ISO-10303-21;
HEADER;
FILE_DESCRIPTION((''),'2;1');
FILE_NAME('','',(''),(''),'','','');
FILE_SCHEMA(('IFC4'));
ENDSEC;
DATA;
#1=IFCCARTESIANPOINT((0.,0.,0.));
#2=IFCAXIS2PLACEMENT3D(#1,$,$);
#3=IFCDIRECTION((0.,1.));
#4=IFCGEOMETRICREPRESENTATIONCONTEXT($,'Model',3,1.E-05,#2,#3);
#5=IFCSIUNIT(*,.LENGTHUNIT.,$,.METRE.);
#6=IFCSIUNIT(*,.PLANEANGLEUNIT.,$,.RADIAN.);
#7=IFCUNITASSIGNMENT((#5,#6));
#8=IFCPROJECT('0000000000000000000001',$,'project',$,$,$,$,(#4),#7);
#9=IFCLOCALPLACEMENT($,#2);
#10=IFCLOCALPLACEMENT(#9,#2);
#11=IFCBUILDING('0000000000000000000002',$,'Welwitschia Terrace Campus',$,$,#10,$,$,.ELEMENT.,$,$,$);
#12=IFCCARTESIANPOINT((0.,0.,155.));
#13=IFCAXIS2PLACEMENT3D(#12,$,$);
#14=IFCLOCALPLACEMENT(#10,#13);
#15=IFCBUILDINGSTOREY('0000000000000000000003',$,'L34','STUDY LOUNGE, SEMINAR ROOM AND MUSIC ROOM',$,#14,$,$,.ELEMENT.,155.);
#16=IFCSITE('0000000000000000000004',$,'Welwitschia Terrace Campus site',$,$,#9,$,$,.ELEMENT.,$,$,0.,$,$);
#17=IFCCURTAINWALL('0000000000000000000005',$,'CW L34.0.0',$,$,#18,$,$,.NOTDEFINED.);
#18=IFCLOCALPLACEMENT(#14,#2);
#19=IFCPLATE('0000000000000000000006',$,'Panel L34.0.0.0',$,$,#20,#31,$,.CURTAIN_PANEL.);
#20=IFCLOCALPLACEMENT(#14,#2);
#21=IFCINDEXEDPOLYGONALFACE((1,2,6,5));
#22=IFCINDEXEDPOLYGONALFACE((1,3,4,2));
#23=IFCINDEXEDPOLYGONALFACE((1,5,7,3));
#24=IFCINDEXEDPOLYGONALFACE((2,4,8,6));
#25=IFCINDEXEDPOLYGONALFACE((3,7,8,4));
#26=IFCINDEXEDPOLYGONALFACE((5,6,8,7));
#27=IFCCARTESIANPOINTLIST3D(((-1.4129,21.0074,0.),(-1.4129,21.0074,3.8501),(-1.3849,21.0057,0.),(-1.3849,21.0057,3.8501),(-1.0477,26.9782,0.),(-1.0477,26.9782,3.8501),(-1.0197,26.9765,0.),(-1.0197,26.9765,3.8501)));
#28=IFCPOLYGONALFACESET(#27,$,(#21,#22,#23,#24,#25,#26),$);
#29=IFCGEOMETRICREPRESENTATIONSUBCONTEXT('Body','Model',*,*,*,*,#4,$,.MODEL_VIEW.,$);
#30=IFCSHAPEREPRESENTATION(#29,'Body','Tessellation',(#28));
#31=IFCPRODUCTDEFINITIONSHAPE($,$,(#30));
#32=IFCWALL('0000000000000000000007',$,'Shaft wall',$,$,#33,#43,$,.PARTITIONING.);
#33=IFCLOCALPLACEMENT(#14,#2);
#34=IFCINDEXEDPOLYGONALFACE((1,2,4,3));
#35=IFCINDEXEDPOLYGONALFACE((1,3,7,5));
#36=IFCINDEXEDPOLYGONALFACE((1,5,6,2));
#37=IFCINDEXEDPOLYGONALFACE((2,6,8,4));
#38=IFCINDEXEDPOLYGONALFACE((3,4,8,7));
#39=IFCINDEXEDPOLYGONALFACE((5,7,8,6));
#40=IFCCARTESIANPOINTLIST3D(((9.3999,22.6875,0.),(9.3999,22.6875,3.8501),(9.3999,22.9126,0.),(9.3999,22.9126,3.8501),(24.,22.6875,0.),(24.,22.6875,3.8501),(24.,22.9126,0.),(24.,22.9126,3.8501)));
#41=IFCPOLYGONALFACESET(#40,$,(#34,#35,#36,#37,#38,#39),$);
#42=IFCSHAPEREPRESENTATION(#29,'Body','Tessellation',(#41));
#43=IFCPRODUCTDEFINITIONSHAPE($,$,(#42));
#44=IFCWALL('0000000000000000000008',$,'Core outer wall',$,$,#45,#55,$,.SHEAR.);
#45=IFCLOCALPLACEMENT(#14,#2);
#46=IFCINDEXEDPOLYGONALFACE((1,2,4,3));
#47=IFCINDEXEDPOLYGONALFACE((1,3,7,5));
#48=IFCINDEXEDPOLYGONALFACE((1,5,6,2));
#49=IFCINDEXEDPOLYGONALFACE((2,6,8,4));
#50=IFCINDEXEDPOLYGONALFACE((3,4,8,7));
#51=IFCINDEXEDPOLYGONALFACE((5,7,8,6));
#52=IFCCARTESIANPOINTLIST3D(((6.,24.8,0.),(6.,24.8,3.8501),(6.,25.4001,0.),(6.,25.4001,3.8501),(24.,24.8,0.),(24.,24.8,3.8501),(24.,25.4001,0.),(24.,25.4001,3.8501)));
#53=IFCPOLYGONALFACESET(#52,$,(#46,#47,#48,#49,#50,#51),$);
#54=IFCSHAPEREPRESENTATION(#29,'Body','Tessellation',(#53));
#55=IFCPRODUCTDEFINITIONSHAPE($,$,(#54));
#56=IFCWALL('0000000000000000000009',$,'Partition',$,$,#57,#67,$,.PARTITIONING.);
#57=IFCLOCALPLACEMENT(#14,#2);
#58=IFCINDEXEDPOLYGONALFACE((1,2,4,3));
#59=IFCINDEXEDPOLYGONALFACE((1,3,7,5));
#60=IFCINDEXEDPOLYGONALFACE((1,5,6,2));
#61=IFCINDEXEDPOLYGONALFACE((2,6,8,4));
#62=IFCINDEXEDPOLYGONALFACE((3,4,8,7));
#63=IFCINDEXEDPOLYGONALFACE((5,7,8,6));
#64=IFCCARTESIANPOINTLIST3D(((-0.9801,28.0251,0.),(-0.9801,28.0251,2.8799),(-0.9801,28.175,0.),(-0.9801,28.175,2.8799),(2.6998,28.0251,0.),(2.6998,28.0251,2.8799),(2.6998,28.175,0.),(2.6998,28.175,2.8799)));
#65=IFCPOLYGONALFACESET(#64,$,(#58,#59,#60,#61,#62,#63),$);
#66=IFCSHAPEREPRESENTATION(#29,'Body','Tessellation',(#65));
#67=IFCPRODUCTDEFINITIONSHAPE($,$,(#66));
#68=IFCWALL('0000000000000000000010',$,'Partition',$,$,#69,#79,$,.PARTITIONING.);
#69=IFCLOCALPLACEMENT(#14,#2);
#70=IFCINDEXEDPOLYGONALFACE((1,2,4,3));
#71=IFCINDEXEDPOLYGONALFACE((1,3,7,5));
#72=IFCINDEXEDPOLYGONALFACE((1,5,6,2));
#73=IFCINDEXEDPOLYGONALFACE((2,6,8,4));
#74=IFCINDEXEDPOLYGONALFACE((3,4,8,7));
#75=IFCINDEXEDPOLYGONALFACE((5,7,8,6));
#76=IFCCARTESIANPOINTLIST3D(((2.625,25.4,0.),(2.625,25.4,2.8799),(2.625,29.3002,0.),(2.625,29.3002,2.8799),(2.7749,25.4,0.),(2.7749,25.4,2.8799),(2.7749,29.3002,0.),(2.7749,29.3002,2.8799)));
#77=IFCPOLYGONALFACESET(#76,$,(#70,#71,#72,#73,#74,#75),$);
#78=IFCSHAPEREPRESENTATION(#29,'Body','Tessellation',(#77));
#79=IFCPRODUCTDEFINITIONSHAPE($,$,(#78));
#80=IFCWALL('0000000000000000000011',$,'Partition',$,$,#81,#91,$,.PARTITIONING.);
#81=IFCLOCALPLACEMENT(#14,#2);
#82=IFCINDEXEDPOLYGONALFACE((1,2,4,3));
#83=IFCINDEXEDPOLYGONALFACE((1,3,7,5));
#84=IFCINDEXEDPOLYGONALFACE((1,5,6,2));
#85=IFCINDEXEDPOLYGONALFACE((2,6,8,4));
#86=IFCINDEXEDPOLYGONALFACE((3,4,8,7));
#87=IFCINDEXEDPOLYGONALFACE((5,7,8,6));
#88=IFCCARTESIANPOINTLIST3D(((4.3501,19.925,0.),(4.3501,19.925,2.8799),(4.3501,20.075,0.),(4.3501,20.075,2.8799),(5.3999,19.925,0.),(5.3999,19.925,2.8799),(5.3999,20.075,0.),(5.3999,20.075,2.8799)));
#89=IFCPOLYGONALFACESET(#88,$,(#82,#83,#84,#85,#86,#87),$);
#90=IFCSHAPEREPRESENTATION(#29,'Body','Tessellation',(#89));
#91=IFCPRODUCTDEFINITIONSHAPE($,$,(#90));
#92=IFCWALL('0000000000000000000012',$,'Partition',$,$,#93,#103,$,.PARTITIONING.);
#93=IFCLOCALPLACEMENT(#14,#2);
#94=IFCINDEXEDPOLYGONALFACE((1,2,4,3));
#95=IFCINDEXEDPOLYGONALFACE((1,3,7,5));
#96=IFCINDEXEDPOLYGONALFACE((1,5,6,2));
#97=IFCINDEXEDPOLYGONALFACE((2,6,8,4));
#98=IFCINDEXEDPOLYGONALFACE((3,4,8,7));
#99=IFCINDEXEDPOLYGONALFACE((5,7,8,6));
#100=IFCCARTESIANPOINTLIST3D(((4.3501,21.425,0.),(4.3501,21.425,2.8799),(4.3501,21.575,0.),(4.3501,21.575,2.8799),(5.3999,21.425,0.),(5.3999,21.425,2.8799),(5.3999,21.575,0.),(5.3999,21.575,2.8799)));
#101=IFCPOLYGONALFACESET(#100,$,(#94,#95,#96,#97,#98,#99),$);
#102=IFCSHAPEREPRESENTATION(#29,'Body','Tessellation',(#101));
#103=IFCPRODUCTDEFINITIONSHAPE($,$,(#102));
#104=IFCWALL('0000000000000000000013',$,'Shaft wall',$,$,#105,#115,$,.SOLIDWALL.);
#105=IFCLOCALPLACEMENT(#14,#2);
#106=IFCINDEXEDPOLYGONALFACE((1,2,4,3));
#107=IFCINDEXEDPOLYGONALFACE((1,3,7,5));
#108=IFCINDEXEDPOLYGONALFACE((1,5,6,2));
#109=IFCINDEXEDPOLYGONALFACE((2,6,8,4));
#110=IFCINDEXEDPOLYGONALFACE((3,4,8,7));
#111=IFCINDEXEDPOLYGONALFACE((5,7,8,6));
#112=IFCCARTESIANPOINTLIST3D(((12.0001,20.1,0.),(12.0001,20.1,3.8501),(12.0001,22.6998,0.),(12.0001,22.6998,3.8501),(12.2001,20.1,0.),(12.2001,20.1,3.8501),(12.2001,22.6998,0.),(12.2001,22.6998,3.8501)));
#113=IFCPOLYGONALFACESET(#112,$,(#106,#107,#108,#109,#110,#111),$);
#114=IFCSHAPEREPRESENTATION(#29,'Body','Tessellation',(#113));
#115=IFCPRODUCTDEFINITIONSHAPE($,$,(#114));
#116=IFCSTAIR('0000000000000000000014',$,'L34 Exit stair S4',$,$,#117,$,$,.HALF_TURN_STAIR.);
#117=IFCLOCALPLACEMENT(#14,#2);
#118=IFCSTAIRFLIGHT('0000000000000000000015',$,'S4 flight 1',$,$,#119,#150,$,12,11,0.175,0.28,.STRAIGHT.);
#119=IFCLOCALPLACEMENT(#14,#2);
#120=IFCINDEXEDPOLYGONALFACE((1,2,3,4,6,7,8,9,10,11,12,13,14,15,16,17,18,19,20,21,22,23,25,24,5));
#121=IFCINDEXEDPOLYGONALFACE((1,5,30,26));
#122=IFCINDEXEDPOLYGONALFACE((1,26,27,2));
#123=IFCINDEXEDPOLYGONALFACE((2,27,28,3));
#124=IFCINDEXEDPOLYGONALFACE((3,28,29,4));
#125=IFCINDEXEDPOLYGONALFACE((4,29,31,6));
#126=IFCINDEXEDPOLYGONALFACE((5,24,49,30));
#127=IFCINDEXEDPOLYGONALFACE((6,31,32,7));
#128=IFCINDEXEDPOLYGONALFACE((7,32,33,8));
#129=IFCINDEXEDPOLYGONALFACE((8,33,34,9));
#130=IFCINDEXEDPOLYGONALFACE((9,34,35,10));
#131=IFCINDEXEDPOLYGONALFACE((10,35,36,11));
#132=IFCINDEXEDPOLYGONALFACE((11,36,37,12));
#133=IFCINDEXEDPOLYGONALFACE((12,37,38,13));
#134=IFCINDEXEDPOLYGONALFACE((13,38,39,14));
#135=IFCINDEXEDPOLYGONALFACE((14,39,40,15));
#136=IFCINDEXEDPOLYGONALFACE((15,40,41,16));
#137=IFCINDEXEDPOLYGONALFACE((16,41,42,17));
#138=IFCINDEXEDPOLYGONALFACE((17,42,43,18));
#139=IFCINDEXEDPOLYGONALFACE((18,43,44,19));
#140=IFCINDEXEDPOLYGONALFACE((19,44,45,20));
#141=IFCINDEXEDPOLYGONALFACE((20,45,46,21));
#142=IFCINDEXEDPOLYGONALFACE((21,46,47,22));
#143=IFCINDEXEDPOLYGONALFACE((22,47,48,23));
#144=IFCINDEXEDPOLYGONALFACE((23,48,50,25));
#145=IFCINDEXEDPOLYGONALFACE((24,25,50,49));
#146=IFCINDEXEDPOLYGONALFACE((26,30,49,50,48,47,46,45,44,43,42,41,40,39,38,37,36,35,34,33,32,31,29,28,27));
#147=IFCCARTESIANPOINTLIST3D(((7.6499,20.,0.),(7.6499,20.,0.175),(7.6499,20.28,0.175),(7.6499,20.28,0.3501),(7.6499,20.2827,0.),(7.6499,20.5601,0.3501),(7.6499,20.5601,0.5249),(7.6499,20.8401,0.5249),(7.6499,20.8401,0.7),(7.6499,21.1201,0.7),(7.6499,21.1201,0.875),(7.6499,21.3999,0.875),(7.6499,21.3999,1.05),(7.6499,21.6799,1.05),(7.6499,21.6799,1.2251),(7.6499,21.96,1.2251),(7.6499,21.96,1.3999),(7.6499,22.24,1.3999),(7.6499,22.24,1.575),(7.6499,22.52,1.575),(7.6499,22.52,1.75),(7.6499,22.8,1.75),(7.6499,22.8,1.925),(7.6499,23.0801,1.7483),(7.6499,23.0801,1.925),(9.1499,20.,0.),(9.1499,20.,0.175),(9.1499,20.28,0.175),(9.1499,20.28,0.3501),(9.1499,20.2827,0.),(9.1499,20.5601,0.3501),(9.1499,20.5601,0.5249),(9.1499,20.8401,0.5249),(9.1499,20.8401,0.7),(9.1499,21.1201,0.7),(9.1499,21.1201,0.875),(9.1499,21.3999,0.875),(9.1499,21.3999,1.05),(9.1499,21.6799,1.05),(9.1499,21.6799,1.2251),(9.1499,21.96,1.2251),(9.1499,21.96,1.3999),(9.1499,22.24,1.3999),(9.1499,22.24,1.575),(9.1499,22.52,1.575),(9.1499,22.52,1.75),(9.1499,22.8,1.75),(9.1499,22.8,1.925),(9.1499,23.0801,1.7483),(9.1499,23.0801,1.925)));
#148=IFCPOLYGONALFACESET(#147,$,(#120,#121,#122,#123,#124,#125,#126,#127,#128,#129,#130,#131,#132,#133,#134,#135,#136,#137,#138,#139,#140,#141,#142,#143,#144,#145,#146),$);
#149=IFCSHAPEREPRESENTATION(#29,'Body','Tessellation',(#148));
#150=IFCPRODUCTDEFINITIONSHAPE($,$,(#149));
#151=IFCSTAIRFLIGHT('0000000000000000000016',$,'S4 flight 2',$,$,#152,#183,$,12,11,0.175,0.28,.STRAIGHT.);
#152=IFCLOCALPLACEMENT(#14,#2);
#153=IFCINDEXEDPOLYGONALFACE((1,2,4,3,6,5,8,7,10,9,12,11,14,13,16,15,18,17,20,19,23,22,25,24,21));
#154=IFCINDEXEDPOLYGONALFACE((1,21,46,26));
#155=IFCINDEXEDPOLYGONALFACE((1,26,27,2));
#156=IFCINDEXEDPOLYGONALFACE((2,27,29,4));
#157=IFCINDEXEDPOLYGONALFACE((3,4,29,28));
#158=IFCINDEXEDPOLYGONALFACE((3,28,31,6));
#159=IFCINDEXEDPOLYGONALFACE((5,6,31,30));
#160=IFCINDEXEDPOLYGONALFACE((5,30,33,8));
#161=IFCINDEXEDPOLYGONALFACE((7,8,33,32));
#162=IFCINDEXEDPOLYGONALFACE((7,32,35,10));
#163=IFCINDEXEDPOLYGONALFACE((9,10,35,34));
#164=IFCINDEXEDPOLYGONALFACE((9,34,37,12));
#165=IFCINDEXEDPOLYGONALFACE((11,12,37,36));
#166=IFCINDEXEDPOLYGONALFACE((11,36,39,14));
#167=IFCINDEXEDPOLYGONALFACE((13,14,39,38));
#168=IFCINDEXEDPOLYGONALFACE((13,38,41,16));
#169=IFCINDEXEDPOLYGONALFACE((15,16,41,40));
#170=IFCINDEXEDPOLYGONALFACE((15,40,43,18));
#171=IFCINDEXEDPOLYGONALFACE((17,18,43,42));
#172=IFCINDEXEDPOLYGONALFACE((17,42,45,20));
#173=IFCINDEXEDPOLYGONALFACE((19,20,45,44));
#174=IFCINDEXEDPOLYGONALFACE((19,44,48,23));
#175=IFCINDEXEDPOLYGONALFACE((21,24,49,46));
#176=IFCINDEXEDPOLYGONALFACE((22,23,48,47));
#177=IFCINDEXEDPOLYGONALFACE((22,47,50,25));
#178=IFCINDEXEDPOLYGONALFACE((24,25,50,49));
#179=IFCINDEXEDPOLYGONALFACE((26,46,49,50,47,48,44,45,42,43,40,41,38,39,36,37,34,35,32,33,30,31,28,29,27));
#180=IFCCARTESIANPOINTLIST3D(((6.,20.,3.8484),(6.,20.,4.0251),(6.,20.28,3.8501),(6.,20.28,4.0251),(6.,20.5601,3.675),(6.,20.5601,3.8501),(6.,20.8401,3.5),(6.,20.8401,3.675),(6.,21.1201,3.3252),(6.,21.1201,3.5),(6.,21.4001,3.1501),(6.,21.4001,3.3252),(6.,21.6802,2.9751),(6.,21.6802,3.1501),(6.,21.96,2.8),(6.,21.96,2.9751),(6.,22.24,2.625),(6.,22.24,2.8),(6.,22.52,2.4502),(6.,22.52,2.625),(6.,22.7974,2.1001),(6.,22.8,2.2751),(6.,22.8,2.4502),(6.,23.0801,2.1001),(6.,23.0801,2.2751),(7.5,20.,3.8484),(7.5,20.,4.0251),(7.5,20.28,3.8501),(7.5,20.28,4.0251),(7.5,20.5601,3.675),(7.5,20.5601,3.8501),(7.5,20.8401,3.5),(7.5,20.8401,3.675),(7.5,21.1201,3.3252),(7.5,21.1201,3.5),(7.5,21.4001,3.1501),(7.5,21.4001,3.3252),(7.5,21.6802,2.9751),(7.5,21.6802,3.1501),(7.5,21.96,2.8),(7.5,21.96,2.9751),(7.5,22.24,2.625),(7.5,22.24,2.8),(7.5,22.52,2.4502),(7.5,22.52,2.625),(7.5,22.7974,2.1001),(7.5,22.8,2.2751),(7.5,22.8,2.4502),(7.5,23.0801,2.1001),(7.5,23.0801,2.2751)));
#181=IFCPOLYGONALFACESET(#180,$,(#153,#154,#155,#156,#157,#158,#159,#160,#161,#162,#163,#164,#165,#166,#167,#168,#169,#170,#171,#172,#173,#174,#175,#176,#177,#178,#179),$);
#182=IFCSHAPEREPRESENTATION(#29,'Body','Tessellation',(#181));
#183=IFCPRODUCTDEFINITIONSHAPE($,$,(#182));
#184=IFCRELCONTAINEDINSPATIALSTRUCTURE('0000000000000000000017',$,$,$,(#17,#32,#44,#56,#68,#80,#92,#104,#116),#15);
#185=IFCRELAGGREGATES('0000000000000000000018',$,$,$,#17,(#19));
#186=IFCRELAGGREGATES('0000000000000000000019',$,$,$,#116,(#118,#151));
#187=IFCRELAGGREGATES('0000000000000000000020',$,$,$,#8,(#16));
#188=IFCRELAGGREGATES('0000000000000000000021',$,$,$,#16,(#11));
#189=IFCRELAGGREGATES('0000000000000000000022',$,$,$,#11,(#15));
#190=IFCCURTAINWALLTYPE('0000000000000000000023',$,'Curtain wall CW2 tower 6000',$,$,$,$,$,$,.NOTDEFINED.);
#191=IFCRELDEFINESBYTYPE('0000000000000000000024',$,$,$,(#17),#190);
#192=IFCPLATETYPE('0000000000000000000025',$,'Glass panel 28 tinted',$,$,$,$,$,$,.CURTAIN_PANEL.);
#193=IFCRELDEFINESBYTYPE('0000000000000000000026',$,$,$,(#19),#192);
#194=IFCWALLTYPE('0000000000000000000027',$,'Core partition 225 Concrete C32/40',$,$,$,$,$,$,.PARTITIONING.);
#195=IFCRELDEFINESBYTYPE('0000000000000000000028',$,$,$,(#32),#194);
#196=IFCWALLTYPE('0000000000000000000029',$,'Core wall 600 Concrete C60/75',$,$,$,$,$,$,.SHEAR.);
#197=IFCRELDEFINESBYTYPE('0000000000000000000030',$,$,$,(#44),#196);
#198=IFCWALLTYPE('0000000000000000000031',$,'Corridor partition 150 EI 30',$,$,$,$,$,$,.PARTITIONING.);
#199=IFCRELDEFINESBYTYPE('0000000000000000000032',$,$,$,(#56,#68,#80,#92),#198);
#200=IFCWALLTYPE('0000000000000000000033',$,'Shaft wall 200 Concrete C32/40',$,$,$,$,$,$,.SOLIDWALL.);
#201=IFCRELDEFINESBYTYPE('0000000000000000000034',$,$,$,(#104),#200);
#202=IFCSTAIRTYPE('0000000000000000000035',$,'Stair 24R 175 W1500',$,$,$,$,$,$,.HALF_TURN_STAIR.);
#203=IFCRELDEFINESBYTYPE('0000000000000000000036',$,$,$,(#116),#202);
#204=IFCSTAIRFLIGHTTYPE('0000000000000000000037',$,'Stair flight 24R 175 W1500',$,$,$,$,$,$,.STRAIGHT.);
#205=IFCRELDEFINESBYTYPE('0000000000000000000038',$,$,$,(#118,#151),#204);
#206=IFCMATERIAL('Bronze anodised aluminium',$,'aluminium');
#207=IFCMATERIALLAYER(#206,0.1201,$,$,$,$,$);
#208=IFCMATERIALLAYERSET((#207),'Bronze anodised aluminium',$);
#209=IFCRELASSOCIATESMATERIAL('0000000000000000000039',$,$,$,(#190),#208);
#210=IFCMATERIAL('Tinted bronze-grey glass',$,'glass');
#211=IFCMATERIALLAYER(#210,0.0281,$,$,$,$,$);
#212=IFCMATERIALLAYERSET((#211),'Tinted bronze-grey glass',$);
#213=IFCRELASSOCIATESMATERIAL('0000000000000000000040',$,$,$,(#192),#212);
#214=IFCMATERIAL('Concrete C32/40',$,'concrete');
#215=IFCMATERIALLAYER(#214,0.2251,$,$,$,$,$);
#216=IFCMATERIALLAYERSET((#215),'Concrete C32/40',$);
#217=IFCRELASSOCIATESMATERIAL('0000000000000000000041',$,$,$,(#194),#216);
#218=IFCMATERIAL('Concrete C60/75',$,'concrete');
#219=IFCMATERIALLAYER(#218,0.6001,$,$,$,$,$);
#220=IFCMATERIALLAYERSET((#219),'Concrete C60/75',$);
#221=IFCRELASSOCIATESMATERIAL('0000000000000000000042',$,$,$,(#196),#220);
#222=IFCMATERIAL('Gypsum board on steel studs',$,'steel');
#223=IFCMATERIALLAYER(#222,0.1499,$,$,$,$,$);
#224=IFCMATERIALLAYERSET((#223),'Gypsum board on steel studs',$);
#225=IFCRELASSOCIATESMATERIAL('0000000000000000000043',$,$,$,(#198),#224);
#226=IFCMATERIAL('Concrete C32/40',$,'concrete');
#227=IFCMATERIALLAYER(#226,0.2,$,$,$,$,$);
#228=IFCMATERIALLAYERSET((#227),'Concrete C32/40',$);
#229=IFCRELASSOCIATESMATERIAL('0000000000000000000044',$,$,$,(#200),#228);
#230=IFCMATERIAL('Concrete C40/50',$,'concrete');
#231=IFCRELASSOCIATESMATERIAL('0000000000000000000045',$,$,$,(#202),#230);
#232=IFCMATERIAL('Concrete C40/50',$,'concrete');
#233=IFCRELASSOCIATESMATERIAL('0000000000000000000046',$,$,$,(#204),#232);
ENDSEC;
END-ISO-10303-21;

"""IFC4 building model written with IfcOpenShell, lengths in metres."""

from ifc_helpers import new_model, si_unit, direction, frame, frame_2d, origin, origin_2d, place, context, subcontext, project, spatial, polyline, rectangle, outline, extrude, material, layer, layer_set, type_object, element, aggregate, save


model = new_model("IFC4")

# Units and contexts
model_context = context("Model", 3, precision=1e-05, world=origin(), true_north=direction((0.0, 1.0)))
body_context = subcontext(model_context, "Body", "Model", "MODEL_VIEW")
ifc_project = project(units=[si_unit("LENGTHUNIT", "METRE"), si_unit("PLANEANGLEUNIT", "RADIAN")], contexts=[model_context])

# Site, building, storey
site_placement = place(None, origin())
site = spatial("IfcSite", under=ifc_project, at=site_placement, Name="Welwitschia Terrace Campus site", CompositionType="ELEMENT", RefElevation=0.0)
building_placement = place(site_placement, origin())
building = spatial("IfcBuilding", under=site, at=building_placement, Name="Welwitschia Terrace Campus", CompositionType="ELEMENT")
storey_placement = place(building_placement, frame((0.0, 0.0, 155.0)))
storey = spatial("IfcBuildingStorey", under=building, at=storey_placement, Name="L34", Description="STUDY LOUNGE, SEMINAR ROOM AND MUSIC ROOM", CompositionType="ELEMENT", Elevation=155.0)

# Curtain wall
ifc_material_1 = material(Name="Bronze anodised aluminium", Category="aluminium")
ifc_layer_1 = layer(ifc_material_1, 0.1201)
ifc_layer_set_1 = layer_set([ifc_layer_1], Name="Bronze anodised aluminium")
curtain_wall_type = type_object("IfcCurtainWallType", Name="Curtain wall CW2 tower 6000", PredefinedType="NOTDEFINED", material=ifc_layer_set_1)
curtain_wall_1_placement = place(storey_placement, origin())
curtain_wall_1 = element("IfcCurtainWall", 1, at=curtain_wall_1_placement, inside=storey, type_object=curtain_wall_type, Name="CW L34.0.0", PredefinedType="NOTDEFINED")

# Plate
ifc_material_2 = material(Name="Tinted bronze-grey glass", Category="glass")
ifc_layer_2 = layer(ifc_material_2, 0.0281)
ifc_layer_set_2 = layer_set([ifc_layer_2], Name="Tinted bronze-grey glass")
plate_type = type_object("IfcPlateType", Name="Glass panel 28 tinted", PredefinedType="CURTAIN_PANEL", material=ifc_layer_set_2)
plate_placement = place(storey_placement, frame((-1.2163, 23.9919, 0.0), z_axis=(0.0, 0.0, 1.0), x_axis=(-0.061049, -0.998135, 0.0)))
plate = element("IfcPlate", 2, at=plate_placement, type_object=plate_type, Name="Panel L34.0.0.0", PredefinedType="CURTAIN_PANEL", context=body_context, shape_type="SweptSolid", body=[
    extrude(rectangle(XDim=5.9819, YDim=0.0281, at=origin_2d()), origin(), (0.0, 0.0, 1.0), 3.8501),
])
aggregate(curtain_wall_1, [plate])

# Walls
ifc_material_3 = material(Name="Concrete C32/40", Category="concrete")
ifc_layer_3 = layer(ifc_material_3, 0.2251)
ifc_layer_set_3 = layer_set([ifc_layer_3], Name="Concrete C32/40")
wall_type_1 = type_object("IfcWallType", Name="Core partition 225 Concrete C32/40", PredefinedType="PARTITIONING", material=ifc_layer_set_3)
wall_1_placement = place(storey_placement, frame((9.3999, 22.8, 0.0), z_axis=(0.0, 0.0, 1.0), x_axis=(1.0, 0.0, 0.0)))
element("IfcWall", 3, at=wall_1_placement, inside=storey, type_object=wall_type_1, Name="Shaft wall", PredefinedType="PARTITIONING", context=body_context, shape_type="SweptSolid", body=[
    extrude(rectangle(XDim=14.6001, YDim=0.2251, at=frame_2d((7.3, 0.0))), origin(), (0.0, 0.0, 1.0), 3.8501),
])
ifc_material_4 = material(Name="Concrete C60/75", Category="concrete")
ifc_layer_4 = layer(ifc_material_4, 0.6001)
ifc_layer_set_4 = layer_set([ifc_layer_4], Name="Concrete C60/75")
wall_type_2 = type_object("IfcWallType", Name="Core wall 600 Concrete C60/75", PredefinedType="SHEAR", material=ifc_layer_set_4)
wall_2_placement = place(storey_placement, frame((6.0, 25.1001, 0.0), z_axis=(0.0, 0.0, 1.0), x_axis=(1.0, 0.0, 0.0)))
element("IfcWall", 4, at=wall_2_placement, inside=storey, type_object=wall_type_2, Name="Core outer wall", PredefinedType="SHEAR", context=body_context, shape_type="SweptSolid", body=[
    extrude(rectangle(XDim=18.0, YDim=0.6001, at=frame_2d((9.0, 0.0))), origin(), (0.0, 0.0, 1.0), 3.8501),
])
ifc_material_5 = material(Name="Gypsum board on steel studs", Category="steel")
ifc_layer_5 = layer(ifc_material_5, 0.1499)
ifc_layer_set_5 = layer_set([ifc_layer_5], Name="Gypsum board on steel studs")
wall_type_3 = type_object("IfcWallType", Name="Corridor partition 150 EI 30", PredefinedType="PARTITIONING", material=ifc_layer_set_5)
wall_3_placement = place(storey_placement, frame((-0.98, 28.1001, 0.0), z_axis=(0.0, 0.0, 1.0), x_axis=(1.0, 0.0, 0.0)))
element("IfcWall", 5, at=wall_3_placement, inside=storey, type_object=wall_type_3, Name="Partition", PredefinedType="PARTITIONING", context=body_context, shape_type="SweptSolid", body=[
    extrude(rectangle(XDim=3.6799, YDim=0.1499, at=frame_2d((1.8398, 0.0))), origin(), (0.0, 0.0, 1.0), 2.8799),
])
wall_4_placement = place(storey_placement, frame((2.7, 25.3999, 0.0), z_axis=(0.0, 0.0, 1.0), x_axis=(0.0, 1.0, 0.0)))
element("IfcWall", 6, at=wall_4_placement, inside=storey, type_object=wall_type_3, Name="Partition", PredefinedType="PARTITIONING", context=body_context, shape_type="SweptSolid", body=[
    extrude(rectangle(XDim=3.9001, YDim=0.1499, at=frame_2d((1.9502, 0.0))), origin(), (0.0, 0.0, 1.0), 2.8799),
])
for number, where, z_axis, x_axis, name in (
    (7, (4.3501, 20.0, 0.0), (0.0, 0.0, 1.0), (1.0, 0.0, 0.0), "Partition"),
    (8, (4.3501, 21.5, 0.0), (0.0, 0.0, 1.0), (1.0, 0.0, 0.0), "Partition"),
):
    element("IfcWall", number, at=place(storey_placement, frame(where, z_axis=z_axis, x_axis=x_axis)), inside=storey, type_object=wall_type_3, Name=name, PredefinedType="PARTITIONING", context=body_context, shape_type="SweptSolid", body=[
        extrude(rectangle(XDim=1.0498, YDim=0.1499, at=frame_2d((0.5249, 0.0))), origin(), (0.0, 0.0, 1.0), 2.8799),
    ])
ifc_material_6 = material(Name="Concrete C32/40", Category="concrete")
ifc_layer_6 = layer(ifc_material_6, 0.2)
ifc_layer_set_6 = layer_set([ifc_layer_6], Name="Concrete C32/40")
wall_type_4 = type_object("IfcWallType", Name="Shaft wall 200 Concrete C32/40", PredefinedType="SOLIDWALL", material=ifc_layer_set_6)
wall_5_placement = place(storey_placement, frame((12.1001, 20.1001, 0.0), z_axis=(0.0, 0.0, 1.0), x_axis=(0.0, 1.0, 0.0)))
element("IfcWall", 9, at=wall_5_placement, inside=storey, type_object=wall_type_4, Name="Shaft wall", PredefinedType="SOLIDWALL", context=body_context, shape_type="SweptSolid", body=[
    extrude(rectangle(XDim=2.5999, YDim=0.2, at=frame_2d((1.2998, 0.0))), origin(), (0.0, 0.0, 1.0), 3.8501),
])

# Stair, stair flights
ifc_material_7 = material(Name="Concrete C40/50", Category="concrete")
stair_type = type_object("IfcStairType", Name="Stair 24R 175 W1500", PredefinedType="HALF_TURN_STAIR", material=ifc_material_7)
stair_placement = place(storey_placement, origin())
stair = element("IfcStair", 10, at=stair_placement, inside=storey, type_object=stair_type, Name="L34 Exit stair S4", PredefinedType="HALF_TURN_STAIR")
ifc_material_8 = material(Name="Concrete C40/50", Category="concrete")
stair_flight_type = type_object("IfcStairFlightType", Name="Stair flight 24R 175 W1500", PredefinedType="STRAIGHT", material=ifc_material_8)
stair_flight_1_placement = place(storey_placement, frame((8.3999, 20.0, 0.0), z_axis=(0.0, 0.0, 1.0), x_axis=(0.0, 1.0, 0.0)))
stair_flight_1 = element("IfcStairFlight", 11, at=stair_flight_1_placement, type_object=stair_flight_type, Name="S4 flight 1", NumberOfRisers=12, NumberOfTreads=11, PredefinedType="STRAIGHT", RiserHeight=0.175, TreadLength=0.28, context=body_context, shape_type="SweptSolid", body=[
    extrude(outline(polyline([(0.0, 0.0), (0.0, 0.175), (0.28, 0.175), (0.28, 0.3501), (0.5601, 0.3501), (0.5601, 0.5249), (0.8401, 0.5249), (0.8401, 0.7), (1.1201, 0.7), (1.1201, 0.875), (1.3999, 0.875), (1.3999, 1.05), (1.6799, 1.05), (1.6799, 1.2251), (1.96, 1.2251), (1.96, 1.3999), (2.24, 1.3999), (2.24, 1.575), (2.52, 1.575), (2.52, 1.75), (2.8, 1.75), (2.8, 1.925), (3.0801, 1.925), (3.0801, 2.1001), (3.0801, 1.7483), (0.2827, 0.0), (0.0, 0.0)])), frame((0.0, 0.75, 0.0), z_axis=(0.0, -1.0, 0.0), x_axis=(1.0, 0.0, 0.0)), (0.0, 0.0, 1.0), 1.5),
])
stair_flight_2_placement = place(storey_placement, frame((6.75, 23.0801, 2.1001), z_axis=(0.0, 0.0, 1.0), x_axis=(0.0, -1.0, 0.0)))
stair_flight_2 = element("IfcStairFlight", 12, at=stair_flight_2_placement, type_object=stair_flight_type, Name="S4 flight 2", NumberOfRisers=12, NumberOfTreads=11, PredefinedType="STRAIGHT", RiserHeight=0.175, TreadLength=0.28, context=body_context, shape_type="SweptSolid", body=[
    extrude(outline(polyline([(0.0, 0.0), (0.0, 0.175), (0.28, 0.175), (0.28, 0.3501), (0.5601, 0.3501), (0.5601, 0.5249), (0.8401, 0.5249), (0.8401, 0.7), (1.1201, 0.7), (1.1201, 0.875), (1.3999, 0.875), (1.3999, 1.05), (1.6799, 1.05), (1.6799, 1.2251), (1.96, 1.2251), (1.96, 1.3999), (2.24, 1.3999), (2.24, 1.575), (2.52, 1.575), (2.52, 1.75), (2.8, 1.75), (2.8, 1.925), (3.0801, 1.925), (3.0801, 2.1001), (3.0801, 1.7483), (0.2827, 0.0), (0.0, 0.0)])), frame((0.0, 0.75, 0.0), z_axis=(0.0, -1.0, 0.0), x_axis=(1.0, 0.0, 0.0)), (0.0, 0.0, 1.0), 1.5),
])
aggregate(stair, [stair_flight_1, stair_flight_2])

save(model, "model.ifc")
